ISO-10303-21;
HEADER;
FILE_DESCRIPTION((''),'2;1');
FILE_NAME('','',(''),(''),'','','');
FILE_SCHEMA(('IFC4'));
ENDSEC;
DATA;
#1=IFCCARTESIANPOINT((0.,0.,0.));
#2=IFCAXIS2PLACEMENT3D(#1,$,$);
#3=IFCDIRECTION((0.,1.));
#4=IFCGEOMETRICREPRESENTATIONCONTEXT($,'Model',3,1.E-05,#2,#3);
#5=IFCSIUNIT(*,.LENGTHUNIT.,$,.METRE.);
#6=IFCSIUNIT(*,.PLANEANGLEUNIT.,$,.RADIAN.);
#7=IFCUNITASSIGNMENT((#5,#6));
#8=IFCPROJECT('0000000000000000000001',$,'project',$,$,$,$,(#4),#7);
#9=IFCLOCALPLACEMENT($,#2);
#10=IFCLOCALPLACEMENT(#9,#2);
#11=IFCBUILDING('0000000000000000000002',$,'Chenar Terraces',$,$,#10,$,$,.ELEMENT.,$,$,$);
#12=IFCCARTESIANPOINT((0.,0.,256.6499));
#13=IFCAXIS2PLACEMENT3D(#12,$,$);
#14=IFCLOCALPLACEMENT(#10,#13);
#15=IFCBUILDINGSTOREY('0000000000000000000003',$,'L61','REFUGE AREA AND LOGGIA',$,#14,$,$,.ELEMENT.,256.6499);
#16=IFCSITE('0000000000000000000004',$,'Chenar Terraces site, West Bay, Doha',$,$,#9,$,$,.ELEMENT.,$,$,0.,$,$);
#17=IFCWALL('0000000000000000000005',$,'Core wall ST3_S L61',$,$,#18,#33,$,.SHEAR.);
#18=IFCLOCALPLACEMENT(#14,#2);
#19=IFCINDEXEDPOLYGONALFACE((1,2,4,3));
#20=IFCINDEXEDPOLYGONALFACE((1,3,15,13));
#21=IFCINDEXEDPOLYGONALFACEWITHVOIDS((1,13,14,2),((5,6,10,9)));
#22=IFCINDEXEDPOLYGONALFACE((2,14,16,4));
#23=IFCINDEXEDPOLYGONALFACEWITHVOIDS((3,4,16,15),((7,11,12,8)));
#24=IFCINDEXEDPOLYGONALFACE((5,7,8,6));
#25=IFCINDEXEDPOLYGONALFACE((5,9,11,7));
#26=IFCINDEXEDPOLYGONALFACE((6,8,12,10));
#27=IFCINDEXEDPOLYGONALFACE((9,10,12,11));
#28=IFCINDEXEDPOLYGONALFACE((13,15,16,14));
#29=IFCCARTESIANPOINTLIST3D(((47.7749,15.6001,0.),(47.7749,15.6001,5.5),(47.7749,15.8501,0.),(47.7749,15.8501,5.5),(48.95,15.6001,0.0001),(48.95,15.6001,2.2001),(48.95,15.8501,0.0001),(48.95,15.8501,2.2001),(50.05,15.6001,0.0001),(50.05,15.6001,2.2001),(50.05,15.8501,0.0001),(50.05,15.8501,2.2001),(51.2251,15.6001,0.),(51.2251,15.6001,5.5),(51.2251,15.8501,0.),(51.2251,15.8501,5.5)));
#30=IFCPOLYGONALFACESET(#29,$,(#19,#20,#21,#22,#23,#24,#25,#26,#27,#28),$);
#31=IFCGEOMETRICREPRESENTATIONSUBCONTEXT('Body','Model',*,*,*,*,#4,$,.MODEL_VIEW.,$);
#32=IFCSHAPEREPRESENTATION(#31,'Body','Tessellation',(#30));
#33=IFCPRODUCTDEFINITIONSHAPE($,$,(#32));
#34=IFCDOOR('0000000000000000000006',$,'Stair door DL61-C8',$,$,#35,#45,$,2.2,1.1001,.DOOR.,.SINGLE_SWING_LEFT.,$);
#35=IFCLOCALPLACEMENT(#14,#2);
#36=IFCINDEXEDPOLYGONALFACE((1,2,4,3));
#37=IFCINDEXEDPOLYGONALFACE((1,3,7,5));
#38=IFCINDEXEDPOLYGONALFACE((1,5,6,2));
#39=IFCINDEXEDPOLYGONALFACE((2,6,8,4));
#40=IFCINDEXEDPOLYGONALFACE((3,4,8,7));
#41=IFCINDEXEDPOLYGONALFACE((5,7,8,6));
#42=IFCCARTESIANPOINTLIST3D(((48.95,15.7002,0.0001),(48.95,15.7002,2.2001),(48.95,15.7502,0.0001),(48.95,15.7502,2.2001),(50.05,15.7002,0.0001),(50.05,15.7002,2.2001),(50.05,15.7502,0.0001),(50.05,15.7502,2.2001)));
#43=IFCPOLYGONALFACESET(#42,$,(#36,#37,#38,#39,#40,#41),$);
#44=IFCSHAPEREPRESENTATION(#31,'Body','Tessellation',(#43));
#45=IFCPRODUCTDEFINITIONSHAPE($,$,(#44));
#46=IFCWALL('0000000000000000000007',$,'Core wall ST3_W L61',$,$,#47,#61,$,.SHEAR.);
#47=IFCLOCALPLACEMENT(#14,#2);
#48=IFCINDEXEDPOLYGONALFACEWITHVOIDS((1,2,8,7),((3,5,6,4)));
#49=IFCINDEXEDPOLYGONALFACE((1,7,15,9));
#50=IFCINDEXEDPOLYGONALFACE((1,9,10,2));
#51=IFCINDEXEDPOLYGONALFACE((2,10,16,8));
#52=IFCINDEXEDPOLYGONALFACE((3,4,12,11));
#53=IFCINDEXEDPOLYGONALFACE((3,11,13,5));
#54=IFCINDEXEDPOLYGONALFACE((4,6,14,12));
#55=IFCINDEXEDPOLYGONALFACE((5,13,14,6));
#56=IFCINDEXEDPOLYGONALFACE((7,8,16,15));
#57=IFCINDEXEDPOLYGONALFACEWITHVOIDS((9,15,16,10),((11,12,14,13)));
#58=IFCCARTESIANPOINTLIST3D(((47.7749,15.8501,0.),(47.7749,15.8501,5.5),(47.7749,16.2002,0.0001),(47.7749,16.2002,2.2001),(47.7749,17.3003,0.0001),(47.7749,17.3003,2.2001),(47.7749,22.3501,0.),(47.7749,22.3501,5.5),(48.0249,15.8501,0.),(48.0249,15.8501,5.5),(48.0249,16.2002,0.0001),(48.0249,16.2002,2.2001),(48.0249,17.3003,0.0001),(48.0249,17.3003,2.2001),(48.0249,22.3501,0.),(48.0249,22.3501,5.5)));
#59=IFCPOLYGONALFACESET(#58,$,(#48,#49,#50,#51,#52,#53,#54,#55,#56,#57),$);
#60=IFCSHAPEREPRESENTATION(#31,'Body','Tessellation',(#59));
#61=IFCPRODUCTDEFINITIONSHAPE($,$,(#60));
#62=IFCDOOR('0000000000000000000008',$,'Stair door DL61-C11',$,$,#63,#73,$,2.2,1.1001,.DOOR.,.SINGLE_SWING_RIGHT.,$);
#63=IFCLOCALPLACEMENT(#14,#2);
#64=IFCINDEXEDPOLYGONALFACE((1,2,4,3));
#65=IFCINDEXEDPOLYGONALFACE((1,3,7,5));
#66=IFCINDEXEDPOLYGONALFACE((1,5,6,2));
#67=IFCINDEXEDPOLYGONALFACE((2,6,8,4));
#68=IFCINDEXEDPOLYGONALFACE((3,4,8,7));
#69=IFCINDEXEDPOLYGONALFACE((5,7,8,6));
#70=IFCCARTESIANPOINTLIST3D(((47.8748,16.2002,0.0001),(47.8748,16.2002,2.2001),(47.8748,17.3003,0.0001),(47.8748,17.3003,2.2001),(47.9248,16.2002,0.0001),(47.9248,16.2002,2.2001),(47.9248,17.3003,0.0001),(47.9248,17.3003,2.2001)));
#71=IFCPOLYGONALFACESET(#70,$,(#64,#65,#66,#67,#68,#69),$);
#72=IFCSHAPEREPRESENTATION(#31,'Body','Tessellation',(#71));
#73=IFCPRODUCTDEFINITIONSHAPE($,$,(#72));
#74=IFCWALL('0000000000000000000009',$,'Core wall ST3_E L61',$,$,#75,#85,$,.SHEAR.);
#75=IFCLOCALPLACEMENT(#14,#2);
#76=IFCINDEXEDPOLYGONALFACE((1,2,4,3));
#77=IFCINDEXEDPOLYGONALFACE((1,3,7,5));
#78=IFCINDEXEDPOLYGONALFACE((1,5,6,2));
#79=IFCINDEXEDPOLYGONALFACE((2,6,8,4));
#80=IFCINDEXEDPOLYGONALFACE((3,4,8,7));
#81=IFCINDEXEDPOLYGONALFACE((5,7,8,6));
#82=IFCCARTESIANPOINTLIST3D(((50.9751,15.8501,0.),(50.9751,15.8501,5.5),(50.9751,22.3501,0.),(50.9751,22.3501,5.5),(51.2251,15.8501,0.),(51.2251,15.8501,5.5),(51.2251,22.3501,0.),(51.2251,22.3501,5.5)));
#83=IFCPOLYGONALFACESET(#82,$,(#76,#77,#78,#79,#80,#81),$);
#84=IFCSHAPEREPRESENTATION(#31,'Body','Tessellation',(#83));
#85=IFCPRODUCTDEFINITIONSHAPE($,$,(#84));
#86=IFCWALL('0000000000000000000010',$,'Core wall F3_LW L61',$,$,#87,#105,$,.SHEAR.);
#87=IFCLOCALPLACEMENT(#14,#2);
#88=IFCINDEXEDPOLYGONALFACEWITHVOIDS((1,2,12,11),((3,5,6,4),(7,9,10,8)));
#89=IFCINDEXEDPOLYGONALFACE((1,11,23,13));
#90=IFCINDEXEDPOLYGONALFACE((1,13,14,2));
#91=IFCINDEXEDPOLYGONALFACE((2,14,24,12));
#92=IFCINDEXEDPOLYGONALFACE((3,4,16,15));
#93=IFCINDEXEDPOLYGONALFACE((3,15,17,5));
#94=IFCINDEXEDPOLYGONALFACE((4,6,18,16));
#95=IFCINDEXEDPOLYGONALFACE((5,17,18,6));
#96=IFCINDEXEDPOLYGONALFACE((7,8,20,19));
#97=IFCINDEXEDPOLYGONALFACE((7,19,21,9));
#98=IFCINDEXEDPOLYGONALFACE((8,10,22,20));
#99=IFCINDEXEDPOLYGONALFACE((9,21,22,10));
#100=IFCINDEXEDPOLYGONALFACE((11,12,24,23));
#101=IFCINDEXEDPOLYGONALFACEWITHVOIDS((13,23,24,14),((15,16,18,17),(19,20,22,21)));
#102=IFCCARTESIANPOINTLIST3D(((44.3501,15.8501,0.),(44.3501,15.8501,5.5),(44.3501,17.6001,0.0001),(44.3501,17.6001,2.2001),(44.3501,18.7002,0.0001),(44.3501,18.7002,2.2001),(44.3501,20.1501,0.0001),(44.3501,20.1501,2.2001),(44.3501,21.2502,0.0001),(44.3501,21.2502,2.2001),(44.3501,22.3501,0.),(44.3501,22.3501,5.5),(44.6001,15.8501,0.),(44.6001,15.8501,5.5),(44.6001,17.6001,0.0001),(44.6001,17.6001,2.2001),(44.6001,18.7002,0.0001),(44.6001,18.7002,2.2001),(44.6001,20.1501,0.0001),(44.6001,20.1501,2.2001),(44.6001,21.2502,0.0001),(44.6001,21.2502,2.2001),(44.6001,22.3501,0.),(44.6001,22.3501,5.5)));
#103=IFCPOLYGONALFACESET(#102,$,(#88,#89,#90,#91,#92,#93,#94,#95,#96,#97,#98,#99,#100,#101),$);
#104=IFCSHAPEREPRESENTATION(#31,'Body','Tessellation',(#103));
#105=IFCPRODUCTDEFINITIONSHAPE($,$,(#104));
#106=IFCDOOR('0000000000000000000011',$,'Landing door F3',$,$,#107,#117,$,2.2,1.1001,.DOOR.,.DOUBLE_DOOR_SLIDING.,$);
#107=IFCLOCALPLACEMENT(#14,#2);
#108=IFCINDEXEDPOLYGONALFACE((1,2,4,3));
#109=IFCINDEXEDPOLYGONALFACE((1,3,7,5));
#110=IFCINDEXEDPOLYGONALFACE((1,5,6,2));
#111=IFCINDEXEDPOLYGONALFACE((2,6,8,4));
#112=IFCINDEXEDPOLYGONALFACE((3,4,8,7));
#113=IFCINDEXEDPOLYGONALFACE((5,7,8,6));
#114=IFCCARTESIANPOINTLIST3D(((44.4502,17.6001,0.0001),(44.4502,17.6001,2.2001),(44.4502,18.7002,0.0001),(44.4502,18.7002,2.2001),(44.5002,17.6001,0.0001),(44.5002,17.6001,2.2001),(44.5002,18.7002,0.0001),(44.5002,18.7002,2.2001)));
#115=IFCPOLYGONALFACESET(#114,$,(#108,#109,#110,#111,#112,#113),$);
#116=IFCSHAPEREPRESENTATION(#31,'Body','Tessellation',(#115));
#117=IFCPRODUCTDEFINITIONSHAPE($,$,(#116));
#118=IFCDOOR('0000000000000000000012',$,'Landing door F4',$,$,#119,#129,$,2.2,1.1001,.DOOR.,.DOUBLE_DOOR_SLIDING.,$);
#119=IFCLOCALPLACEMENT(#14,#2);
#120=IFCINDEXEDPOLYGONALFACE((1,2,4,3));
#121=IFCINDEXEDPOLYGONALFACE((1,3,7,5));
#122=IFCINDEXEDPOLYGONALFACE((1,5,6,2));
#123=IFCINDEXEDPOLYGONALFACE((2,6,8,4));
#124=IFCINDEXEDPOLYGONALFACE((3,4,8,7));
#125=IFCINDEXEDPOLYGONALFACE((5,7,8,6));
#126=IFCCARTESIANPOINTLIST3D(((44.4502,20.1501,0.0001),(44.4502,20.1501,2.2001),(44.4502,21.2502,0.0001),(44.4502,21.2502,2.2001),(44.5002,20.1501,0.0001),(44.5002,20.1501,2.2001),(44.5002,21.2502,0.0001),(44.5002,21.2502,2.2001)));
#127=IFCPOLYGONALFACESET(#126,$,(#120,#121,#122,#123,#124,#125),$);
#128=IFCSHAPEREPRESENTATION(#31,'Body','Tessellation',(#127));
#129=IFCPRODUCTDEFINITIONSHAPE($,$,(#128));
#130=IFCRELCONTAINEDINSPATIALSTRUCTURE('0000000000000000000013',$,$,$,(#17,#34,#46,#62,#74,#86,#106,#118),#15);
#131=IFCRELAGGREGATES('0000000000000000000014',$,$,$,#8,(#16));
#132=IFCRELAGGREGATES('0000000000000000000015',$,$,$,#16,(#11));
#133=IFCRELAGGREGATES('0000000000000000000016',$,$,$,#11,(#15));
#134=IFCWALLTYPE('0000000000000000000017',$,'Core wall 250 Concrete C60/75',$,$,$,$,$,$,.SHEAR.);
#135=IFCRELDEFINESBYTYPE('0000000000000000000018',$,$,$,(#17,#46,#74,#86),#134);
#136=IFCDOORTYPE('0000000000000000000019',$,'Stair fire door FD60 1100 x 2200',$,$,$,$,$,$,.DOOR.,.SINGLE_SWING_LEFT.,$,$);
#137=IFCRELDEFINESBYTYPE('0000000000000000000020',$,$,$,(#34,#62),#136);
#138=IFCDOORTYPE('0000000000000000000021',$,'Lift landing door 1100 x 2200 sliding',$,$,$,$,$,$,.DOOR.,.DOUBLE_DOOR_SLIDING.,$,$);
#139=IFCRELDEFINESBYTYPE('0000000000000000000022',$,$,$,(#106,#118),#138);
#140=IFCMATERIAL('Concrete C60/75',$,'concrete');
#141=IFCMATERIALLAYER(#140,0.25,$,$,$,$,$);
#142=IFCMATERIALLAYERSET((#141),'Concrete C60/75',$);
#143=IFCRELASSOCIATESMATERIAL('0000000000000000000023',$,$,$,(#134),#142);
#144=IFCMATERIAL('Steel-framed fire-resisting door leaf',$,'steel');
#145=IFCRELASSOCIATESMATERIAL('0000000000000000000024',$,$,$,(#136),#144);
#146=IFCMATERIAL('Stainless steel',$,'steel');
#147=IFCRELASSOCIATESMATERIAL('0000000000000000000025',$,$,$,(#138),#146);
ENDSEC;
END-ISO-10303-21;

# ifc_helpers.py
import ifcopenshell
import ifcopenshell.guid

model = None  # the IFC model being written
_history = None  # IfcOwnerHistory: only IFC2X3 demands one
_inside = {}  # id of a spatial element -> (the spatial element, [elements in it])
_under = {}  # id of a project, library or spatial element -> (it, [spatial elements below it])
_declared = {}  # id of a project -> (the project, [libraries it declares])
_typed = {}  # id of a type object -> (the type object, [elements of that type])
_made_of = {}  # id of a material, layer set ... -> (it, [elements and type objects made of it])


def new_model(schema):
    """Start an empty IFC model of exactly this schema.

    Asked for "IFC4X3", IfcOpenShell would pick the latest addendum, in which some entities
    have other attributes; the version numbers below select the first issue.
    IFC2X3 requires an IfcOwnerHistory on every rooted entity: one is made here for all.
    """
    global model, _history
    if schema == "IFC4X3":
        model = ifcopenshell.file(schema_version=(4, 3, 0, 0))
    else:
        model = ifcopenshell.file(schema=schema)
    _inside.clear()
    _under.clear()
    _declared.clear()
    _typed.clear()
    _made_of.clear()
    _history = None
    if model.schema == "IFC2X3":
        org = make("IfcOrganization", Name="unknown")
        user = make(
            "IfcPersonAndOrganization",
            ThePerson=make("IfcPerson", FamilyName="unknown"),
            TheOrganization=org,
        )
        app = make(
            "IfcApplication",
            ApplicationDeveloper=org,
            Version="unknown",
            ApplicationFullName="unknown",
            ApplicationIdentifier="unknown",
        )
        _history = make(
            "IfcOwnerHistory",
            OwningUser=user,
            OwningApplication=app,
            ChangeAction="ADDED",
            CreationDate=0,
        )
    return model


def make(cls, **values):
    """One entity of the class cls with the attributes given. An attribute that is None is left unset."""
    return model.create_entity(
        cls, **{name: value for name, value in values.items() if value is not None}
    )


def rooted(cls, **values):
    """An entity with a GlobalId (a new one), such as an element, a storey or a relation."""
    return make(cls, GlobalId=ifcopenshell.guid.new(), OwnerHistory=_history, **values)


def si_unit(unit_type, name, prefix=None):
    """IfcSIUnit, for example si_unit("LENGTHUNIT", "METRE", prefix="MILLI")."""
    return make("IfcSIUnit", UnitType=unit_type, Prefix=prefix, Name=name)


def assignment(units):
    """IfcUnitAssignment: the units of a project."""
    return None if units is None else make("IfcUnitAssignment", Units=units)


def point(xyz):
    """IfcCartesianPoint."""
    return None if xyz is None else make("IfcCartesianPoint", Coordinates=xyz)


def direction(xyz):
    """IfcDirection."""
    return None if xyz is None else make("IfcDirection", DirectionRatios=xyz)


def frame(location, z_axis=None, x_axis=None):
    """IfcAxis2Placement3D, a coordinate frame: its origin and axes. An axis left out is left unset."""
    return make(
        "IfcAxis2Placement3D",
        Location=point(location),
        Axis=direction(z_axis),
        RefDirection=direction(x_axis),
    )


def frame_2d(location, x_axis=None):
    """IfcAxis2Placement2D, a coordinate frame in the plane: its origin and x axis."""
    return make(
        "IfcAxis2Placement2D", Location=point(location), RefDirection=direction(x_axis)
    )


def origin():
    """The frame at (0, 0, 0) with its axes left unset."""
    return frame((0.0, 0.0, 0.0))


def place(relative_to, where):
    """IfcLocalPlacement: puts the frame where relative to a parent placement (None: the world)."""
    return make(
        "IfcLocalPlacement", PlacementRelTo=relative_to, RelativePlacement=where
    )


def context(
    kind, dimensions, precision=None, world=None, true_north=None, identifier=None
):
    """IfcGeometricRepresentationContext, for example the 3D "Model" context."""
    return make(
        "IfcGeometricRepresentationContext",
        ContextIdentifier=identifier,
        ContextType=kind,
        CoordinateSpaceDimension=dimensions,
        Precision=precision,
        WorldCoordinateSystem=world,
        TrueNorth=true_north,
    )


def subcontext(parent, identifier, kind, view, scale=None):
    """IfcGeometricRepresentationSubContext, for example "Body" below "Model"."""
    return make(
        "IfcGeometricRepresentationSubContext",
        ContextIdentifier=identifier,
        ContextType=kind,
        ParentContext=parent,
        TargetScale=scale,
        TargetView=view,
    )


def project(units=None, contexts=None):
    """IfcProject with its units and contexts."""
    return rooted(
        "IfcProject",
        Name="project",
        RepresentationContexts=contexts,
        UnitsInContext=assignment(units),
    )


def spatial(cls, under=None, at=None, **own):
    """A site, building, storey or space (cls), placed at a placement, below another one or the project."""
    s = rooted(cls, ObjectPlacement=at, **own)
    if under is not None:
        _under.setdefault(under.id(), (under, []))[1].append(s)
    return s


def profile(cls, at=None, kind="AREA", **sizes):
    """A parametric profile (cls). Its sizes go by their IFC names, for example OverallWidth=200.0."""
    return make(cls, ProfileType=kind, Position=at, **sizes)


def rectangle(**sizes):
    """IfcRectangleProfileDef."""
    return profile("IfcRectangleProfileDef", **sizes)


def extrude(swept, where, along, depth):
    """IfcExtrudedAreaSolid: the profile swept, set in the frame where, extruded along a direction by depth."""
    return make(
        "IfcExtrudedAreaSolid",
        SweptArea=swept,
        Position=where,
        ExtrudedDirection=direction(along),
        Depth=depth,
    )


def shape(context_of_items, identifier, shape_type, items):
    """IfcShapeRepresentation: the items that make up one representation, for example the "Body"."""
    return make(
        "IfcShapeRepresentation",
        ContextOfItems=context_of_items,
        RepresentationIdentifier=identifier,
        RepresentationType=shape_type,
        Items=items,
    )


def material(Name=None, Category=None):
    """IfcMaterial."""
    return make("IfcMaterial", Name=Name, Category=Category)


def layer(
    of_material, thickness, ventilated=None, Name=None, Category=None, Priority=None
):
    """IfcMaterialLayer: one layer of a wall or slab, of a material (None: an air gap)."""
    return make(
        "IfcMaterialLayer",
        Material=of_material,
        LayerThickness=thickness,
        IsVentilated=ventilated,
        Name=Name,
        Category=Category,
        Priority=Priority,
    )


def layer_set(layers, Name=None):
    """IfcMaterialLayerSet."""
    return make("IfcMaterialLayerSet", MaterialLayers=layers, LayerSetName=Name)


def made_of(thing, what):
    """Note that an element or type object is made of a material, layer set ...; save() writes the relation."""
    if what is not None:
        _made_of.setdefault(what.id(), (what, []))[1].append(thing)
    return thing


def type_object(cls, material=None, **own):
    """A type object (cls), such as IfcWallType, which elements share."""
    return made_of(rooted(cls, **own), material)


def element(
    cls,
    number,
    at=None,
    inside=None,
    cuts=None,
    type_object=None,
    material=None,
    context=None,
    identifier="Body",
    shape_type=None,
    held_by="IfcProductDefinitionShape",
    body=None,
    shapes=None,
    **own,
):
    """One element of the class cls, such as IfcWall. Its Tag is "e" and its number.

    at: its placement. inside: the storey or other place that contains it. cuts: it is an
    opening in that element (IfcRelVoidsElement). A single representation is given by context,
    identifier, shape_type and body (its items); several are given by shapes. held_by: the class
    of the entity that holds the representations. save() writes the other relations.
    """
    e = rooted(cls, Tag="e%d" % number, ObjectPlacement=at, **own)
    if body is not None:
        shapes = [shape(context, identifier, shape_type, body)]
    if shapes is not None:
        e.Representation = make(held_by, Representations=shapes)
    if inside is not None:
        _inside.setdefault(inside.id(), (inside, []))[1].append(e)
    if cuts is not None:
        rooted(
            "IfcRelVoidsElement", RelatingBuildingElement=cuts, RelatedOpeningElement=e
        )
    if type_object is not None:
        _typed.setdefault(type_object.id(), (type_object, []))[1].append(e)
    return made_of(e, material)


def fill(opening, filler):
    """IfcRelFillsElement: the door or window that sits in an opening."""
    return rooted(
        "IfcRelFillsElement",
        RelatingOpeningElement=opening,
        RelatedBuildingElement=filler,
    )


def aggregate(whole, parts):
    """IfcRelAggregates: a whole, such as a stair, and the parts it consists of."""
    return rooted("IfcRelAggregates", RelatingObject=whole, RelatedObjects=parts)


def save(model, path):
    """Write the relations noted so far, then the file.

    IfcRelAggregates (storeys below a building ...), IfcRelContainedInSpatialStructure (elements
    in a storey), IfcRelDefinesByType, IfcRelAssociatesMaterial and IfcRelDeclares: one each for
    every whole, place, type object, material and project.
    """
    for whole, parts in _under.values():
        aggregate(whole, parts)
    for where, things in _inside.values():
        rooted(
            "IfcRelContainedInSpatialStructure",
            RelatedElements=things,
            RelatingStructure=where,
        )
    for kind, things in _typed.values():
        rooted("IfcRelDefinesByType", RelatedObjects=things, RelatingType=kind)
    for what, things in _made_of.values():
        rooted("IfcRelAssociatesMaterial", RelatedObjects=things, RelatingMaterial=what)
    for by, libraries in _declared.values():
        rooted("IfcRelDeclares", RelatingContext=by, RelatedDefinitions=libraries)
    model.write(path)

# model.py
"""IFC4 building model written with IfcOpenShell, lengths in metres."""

from ifc_helpers import new_model, si_unit, direction, frame, frame_2d, origin, place, context, subcontext, project, spatial, rectangle, extrude, material, layer, layer_set, type_object, element, fill, save


model = new_model("IFC4")

# Units and contexts
model_context = context("Model", 3, precision=1e-05, world=origin(), true_north=direction((0.0, 1.0)))
body_context = subcontext(model_context, "Body", "Model", "MODEL_VIEW")
ifc_project = project(units=[si_unit("LENGTHUNIT", "METRE"), si_unit("PLANEANGLEUNIT", "RADIAN")], contexts=[model_context])

# Site, building, storey
site_placement = place(None, origin())
site = spatial("IfcSite", under=ifc_project, at=site_placement, Name="Chenar Terraces site, West Bay, Doha", CompositionType="ELEMENT", RefElevation=0.0)
building_placement = place(site_placement, origin())
building = spatial("IfcBuilding", under=site, at=building_placement, Name="Chenar Terraces", CompositionType="ELEMENT")
storey_placement = place(building_placement, frame((0.0, 0.0, 256.6499)))
storey = spatial("IfcBuildingStorey", under=building, at=storey_placement, Name="L61", Description="REFUGE AREA AND LOGGIA", CompositionType="ELEMENT", Elevation=256.6499)

# Walls, openings, doors
ifc_material_1 = material(Name="Concrete C60/75", Category="concrete")
ifc_layer_1 = layer(ifc_material_1, 0.25)
ifc_layer_set_1 = layer_set([ifc_layer_1], Name="Concrete C60/75")
wall_type_1 = type_object("IfcWallType", Name="Core wall 250 Concrete C60/75", PredefinedType="SHEAR", material=ifc_layer_set_1)
wall_1_placement = place(storey_placement, frame((47.7749, 15.7251, 0.0), z_axis=(0.0, 0.0, 1.0), x_axis=(1.0, 0.0, 0.0)))
wall_1 = element("IfcWall", 1, at=wall_1_placement, inside=storey, type_object=wall_type_1, Name="Core wall ST3_S L61", PredefinedType="SHEAR", context=body_context, shape_type="SweptSolid", body=[
    extrude(rectangle(XDim=3.4502, YDim=0.25, at=frame_2d((1.7251, 0.0))), origin(), (0.0, 0.0, 1.0), 5.5),
])
opening_1_placement = place(wall_1_placement, frame((1.175, 0.0, 0.0)))
opening_1 = element("IfcOpeningElement", 2, at=opening_1_placement, cuts=wall_1, PredefinedType="OPENING", context=body_context, shape_type="SweptSolid", body=[
    extrude(rectangle(XDim=1.1001, YDim=2.2, at=frame_2d((0.55, 1.1001))), frame((0.0, 0.135, 0.0), z_axis=(0.0, -1.0, 0.0), x_axis=(1.0, 0.0, 0.0)), (0.0, 0.0, 1.0), 0.27),
])
ifc_material_2 = material(Name="Steel-framed fire-resisting door leaf", Category="steel")
door_type_1 = type_object("IfcDoorType", Name="Stair fire door FD60 1100 x 2200", OperationType="SINGLE_SWING_LEFT", PredefinedType="DOOR", material=ifc_material_2)
door_1_placement = place(opening_1_placement, frame((1.1001, 0.0, 0.0), z_axis=(0.0, 0.0, 1.0), x_axis=(-1.0, 0.0, 0.0)))
door_1 = element("IfcDoor", 3, at=door_1_placement, inside=storey, type_object=door_type_1, Name="Stair door DL61-C8", OperationType="SINGLE_SWING_LEFT", OverallHeight=2.2, OverallWidth=1.1001, PredefinedType="DOOR", context=body_context, shape_type="SweptSolid", body=[
    extrude(rectangle(XDim=1.1001, YDim=2.2, at=frame_2d((0.55, 1.1001))), frame((0.0, 0.0249, 0.0), z_axis=(0.0, -1.0, 0.0), x_axis=(1.0, 0.0, 0.0)), (0.0, 0.0, 1.0), 0.05),
])
fill(opening_1, door_1)
wall_2_placement = place(storey_placement, frame((47.8999, 15.8501, 0.0), z_axis=(0.0, 0.0, 1.0), x_axis=(0.0, 1.0, 0.0)))
wall_2 = element("IfcWall", 4, at=wall_2_placement, inside=storey, type_object=wall_type_1, Name="Core wall ST3_W L61", PredefinedType="SHEAR", context=body_context, shape_type="SweptSolid", body=[
    extrude(rectangle(XDim=6.5, YDim=0.25, at=frame_2d((3.25, 0.0))), origin(), (0.0, 0.0, 1.0), 5.5),
])
opening_2_placement = place(wall_2_placement, frame((0.3501, 0.0, 0.0)))
opening_2 = element("IfcOpeningElement", 5, at=opening_2_placement, cuts=wall_2, PredefinedType="OPENING", context=body_context, shape_type="SweptSolid", body=[
    extrude(rectangle(XDim=1.1001, YDim=2.2, at=frame_2d((0.55, 1.1001))), frame((0.0, 0.135, 0.0), z_axis=(0.0, -1.0, 0.0), x_axis=(1.0, 0.0, 0.0)), (0.0, 0.0, 1.0), 0.27),
])
door_2_placement = place(opening_2_placement, frame((1.1001, 0.0, 0.0), z_axis=(0.0, 0.0, 1.0), x_axis=(-1.0, 0.0, 0.0)))
door_2 = element("IfcDoor", 6, at=door_2_placement, inside=storey, type_object=door_type_1, Name="Stair door DL61-C11", OperationType="SINGLE_SWING_RIGHT", OverallHeight=2.2, OverallWidth=1.1001, PredefinedType="DOOR", context=body_context, shape_type="SweptSolid", body=[
    extrude(rectangle(XDim=1.1001, YDim=2.2, at=frame_2d((0.55, 1.1001))), frame((0.0, 0.0249, 0.0), z_axis=(0.0, -1.0, 0.0), x_axis=(1.0, 0.0, 0.0)), (0.0, 0.0, 1.0), 0.05),
])
fill(opening_2, door_2)

# Wall
wall_3_placement = place(storey_placement, frame((51.1001, 15.8501, 0.0), z_axis=(0.0, 0.0, 1.0), x_axis=(0.0, 1.0, 0.0)))
element("IfcWall", 7, at=wall_3_placement, inside=storey, type_object=wall_type_1, Name="Core wall ST3_E L61", PredefinedType="SHEAR", context=body_context, shape_type="SweptSolid", body=[
    extrude(rectangle(XDim=6.5, YDim=0.25, at=frame_2d((3.25, 0.0))), origin(), (0.0, 0.0, 1.0), 5.5),
])

# Wall, openings, doors
wall_4_placement = place(storey_placement, frame((44.4751, 15.8501, 0.0), z_axis=(0.0, 0.0, 1.0), x_axis=(0.0, 1.0, 0.0)))
wall_4 = element("IfcWall", 8, at=wall_4_placement, inside=storey, type_object=wall_type_1, Name="Core wall F3_LW L61", PredefinedType="SHEAR", context=body_context, shape_type="SweptSolid", body=[
    extrude(rectangle(XDim=6.5, YDim=0.25, at=frame_2d((3.25, 0.0))), origin(), (0.0, 0.0, 1.0), 5.5),
])
opening_3_placement = place(wall_4_placement, frame((1.75, 0.0, 0.0)))
opening_3 = element("IfcOpeningElement", 9, at=opening_3_placement, cuts=wall_4, PredefinedType="OPENING", context=body_context, shape_type="SweptSolid", body=[
    extrude(rectangle(XDim=1.1001, YDim=2.2, at=frame_2d((0.55, 1.1001))), frame((0.0, 0.135, 0.0), z_axis=(0.0, -1.0, 0.0), x_axis=(1.0, 0.0, 0.0)), (0.0, 0.0, 1.0), 0.27),
])
opening_4_placement = place(wall_4_placement, frame((4.3, 0.0, 0.0)))
opening_4 = element("IfcOpeningElement", 10, at=opening_4_placement, cuts=wall_4, PredefinedType="OPENING", context=body_context, shape_type="SweptSolid", body=[
    extrude(rectangle(XDim=1.1001, YDim=2.2, at=frame_2d((0.55, 1.1001))), frame((0.0, 0.135, 0.0), z_axis=(0.0, -1.0, 0.0), x_axis=(1.0, 0.0, 0.0)), (0.0, 0.0, 1.0), 0.27),
])
ifc_material_3 = material(Name="Stainless steel", Category="steel")
door_type_2 = type_object("IfcDoorType", Name="Lift landing door 1100 x 2200 sliding", OperationType="DOUBLE_DOOR_SLIDING", PredefinedType="DOOR", material=ifc_material_3)
door_3_placement = place(opening_3_placement, origin())
door_3 = element("IfcDoor", 11, at=door_3_placement, inside=storey, type_object=door_type_2, Name="Landing door F3", OperationType="DOUBLE_DOOR_SLIDING", OverallHeight=2.2, OverallWidth=1.1001, PredefinedType="DOOR", context=body_context, shape_type="SweptSolid", body=[
    extrude(rectangle(XDim=1.1001, YDim=2.2, at=frame_2d((0.55, 1.1001))), frame((0.0, 0.0249, 0.0), z_axis=(0.0, -1.0, 0.0), x_axis=(1.0, 0.0, 0.0)), (0.0, 0.0, 1.0), 0.05),
])
fill(opening_3, door_3)
door_4_placement = place(opening_4_placement, origin())
door_4 = element("IfcDoor", 12, at=door_4_placement, inside=storey, type_object=door_type_2, Name="Landing door F4", OperationType="DOUBLE_DOOR_SLIDING", OverallHeight=2.2, OverallWidth=1.1001, PredefinedType="DOOR", context=body_context, shape_type="SweptSolid", body=[
    extrude(rectangle(XDim=1.1001, YDim=2.2, at=frame_2d((0.55, 1.1001))), frame((0.0, 0.0249, 0.0), z_axis=(0.0, -1.0, 0.0), x_axis=(1.0, 0.0, 0.0)), (0.0, 0.0, 1.0), 0.05),
])
fill(opening_4, door_4)

save(model, "model.ifc")
